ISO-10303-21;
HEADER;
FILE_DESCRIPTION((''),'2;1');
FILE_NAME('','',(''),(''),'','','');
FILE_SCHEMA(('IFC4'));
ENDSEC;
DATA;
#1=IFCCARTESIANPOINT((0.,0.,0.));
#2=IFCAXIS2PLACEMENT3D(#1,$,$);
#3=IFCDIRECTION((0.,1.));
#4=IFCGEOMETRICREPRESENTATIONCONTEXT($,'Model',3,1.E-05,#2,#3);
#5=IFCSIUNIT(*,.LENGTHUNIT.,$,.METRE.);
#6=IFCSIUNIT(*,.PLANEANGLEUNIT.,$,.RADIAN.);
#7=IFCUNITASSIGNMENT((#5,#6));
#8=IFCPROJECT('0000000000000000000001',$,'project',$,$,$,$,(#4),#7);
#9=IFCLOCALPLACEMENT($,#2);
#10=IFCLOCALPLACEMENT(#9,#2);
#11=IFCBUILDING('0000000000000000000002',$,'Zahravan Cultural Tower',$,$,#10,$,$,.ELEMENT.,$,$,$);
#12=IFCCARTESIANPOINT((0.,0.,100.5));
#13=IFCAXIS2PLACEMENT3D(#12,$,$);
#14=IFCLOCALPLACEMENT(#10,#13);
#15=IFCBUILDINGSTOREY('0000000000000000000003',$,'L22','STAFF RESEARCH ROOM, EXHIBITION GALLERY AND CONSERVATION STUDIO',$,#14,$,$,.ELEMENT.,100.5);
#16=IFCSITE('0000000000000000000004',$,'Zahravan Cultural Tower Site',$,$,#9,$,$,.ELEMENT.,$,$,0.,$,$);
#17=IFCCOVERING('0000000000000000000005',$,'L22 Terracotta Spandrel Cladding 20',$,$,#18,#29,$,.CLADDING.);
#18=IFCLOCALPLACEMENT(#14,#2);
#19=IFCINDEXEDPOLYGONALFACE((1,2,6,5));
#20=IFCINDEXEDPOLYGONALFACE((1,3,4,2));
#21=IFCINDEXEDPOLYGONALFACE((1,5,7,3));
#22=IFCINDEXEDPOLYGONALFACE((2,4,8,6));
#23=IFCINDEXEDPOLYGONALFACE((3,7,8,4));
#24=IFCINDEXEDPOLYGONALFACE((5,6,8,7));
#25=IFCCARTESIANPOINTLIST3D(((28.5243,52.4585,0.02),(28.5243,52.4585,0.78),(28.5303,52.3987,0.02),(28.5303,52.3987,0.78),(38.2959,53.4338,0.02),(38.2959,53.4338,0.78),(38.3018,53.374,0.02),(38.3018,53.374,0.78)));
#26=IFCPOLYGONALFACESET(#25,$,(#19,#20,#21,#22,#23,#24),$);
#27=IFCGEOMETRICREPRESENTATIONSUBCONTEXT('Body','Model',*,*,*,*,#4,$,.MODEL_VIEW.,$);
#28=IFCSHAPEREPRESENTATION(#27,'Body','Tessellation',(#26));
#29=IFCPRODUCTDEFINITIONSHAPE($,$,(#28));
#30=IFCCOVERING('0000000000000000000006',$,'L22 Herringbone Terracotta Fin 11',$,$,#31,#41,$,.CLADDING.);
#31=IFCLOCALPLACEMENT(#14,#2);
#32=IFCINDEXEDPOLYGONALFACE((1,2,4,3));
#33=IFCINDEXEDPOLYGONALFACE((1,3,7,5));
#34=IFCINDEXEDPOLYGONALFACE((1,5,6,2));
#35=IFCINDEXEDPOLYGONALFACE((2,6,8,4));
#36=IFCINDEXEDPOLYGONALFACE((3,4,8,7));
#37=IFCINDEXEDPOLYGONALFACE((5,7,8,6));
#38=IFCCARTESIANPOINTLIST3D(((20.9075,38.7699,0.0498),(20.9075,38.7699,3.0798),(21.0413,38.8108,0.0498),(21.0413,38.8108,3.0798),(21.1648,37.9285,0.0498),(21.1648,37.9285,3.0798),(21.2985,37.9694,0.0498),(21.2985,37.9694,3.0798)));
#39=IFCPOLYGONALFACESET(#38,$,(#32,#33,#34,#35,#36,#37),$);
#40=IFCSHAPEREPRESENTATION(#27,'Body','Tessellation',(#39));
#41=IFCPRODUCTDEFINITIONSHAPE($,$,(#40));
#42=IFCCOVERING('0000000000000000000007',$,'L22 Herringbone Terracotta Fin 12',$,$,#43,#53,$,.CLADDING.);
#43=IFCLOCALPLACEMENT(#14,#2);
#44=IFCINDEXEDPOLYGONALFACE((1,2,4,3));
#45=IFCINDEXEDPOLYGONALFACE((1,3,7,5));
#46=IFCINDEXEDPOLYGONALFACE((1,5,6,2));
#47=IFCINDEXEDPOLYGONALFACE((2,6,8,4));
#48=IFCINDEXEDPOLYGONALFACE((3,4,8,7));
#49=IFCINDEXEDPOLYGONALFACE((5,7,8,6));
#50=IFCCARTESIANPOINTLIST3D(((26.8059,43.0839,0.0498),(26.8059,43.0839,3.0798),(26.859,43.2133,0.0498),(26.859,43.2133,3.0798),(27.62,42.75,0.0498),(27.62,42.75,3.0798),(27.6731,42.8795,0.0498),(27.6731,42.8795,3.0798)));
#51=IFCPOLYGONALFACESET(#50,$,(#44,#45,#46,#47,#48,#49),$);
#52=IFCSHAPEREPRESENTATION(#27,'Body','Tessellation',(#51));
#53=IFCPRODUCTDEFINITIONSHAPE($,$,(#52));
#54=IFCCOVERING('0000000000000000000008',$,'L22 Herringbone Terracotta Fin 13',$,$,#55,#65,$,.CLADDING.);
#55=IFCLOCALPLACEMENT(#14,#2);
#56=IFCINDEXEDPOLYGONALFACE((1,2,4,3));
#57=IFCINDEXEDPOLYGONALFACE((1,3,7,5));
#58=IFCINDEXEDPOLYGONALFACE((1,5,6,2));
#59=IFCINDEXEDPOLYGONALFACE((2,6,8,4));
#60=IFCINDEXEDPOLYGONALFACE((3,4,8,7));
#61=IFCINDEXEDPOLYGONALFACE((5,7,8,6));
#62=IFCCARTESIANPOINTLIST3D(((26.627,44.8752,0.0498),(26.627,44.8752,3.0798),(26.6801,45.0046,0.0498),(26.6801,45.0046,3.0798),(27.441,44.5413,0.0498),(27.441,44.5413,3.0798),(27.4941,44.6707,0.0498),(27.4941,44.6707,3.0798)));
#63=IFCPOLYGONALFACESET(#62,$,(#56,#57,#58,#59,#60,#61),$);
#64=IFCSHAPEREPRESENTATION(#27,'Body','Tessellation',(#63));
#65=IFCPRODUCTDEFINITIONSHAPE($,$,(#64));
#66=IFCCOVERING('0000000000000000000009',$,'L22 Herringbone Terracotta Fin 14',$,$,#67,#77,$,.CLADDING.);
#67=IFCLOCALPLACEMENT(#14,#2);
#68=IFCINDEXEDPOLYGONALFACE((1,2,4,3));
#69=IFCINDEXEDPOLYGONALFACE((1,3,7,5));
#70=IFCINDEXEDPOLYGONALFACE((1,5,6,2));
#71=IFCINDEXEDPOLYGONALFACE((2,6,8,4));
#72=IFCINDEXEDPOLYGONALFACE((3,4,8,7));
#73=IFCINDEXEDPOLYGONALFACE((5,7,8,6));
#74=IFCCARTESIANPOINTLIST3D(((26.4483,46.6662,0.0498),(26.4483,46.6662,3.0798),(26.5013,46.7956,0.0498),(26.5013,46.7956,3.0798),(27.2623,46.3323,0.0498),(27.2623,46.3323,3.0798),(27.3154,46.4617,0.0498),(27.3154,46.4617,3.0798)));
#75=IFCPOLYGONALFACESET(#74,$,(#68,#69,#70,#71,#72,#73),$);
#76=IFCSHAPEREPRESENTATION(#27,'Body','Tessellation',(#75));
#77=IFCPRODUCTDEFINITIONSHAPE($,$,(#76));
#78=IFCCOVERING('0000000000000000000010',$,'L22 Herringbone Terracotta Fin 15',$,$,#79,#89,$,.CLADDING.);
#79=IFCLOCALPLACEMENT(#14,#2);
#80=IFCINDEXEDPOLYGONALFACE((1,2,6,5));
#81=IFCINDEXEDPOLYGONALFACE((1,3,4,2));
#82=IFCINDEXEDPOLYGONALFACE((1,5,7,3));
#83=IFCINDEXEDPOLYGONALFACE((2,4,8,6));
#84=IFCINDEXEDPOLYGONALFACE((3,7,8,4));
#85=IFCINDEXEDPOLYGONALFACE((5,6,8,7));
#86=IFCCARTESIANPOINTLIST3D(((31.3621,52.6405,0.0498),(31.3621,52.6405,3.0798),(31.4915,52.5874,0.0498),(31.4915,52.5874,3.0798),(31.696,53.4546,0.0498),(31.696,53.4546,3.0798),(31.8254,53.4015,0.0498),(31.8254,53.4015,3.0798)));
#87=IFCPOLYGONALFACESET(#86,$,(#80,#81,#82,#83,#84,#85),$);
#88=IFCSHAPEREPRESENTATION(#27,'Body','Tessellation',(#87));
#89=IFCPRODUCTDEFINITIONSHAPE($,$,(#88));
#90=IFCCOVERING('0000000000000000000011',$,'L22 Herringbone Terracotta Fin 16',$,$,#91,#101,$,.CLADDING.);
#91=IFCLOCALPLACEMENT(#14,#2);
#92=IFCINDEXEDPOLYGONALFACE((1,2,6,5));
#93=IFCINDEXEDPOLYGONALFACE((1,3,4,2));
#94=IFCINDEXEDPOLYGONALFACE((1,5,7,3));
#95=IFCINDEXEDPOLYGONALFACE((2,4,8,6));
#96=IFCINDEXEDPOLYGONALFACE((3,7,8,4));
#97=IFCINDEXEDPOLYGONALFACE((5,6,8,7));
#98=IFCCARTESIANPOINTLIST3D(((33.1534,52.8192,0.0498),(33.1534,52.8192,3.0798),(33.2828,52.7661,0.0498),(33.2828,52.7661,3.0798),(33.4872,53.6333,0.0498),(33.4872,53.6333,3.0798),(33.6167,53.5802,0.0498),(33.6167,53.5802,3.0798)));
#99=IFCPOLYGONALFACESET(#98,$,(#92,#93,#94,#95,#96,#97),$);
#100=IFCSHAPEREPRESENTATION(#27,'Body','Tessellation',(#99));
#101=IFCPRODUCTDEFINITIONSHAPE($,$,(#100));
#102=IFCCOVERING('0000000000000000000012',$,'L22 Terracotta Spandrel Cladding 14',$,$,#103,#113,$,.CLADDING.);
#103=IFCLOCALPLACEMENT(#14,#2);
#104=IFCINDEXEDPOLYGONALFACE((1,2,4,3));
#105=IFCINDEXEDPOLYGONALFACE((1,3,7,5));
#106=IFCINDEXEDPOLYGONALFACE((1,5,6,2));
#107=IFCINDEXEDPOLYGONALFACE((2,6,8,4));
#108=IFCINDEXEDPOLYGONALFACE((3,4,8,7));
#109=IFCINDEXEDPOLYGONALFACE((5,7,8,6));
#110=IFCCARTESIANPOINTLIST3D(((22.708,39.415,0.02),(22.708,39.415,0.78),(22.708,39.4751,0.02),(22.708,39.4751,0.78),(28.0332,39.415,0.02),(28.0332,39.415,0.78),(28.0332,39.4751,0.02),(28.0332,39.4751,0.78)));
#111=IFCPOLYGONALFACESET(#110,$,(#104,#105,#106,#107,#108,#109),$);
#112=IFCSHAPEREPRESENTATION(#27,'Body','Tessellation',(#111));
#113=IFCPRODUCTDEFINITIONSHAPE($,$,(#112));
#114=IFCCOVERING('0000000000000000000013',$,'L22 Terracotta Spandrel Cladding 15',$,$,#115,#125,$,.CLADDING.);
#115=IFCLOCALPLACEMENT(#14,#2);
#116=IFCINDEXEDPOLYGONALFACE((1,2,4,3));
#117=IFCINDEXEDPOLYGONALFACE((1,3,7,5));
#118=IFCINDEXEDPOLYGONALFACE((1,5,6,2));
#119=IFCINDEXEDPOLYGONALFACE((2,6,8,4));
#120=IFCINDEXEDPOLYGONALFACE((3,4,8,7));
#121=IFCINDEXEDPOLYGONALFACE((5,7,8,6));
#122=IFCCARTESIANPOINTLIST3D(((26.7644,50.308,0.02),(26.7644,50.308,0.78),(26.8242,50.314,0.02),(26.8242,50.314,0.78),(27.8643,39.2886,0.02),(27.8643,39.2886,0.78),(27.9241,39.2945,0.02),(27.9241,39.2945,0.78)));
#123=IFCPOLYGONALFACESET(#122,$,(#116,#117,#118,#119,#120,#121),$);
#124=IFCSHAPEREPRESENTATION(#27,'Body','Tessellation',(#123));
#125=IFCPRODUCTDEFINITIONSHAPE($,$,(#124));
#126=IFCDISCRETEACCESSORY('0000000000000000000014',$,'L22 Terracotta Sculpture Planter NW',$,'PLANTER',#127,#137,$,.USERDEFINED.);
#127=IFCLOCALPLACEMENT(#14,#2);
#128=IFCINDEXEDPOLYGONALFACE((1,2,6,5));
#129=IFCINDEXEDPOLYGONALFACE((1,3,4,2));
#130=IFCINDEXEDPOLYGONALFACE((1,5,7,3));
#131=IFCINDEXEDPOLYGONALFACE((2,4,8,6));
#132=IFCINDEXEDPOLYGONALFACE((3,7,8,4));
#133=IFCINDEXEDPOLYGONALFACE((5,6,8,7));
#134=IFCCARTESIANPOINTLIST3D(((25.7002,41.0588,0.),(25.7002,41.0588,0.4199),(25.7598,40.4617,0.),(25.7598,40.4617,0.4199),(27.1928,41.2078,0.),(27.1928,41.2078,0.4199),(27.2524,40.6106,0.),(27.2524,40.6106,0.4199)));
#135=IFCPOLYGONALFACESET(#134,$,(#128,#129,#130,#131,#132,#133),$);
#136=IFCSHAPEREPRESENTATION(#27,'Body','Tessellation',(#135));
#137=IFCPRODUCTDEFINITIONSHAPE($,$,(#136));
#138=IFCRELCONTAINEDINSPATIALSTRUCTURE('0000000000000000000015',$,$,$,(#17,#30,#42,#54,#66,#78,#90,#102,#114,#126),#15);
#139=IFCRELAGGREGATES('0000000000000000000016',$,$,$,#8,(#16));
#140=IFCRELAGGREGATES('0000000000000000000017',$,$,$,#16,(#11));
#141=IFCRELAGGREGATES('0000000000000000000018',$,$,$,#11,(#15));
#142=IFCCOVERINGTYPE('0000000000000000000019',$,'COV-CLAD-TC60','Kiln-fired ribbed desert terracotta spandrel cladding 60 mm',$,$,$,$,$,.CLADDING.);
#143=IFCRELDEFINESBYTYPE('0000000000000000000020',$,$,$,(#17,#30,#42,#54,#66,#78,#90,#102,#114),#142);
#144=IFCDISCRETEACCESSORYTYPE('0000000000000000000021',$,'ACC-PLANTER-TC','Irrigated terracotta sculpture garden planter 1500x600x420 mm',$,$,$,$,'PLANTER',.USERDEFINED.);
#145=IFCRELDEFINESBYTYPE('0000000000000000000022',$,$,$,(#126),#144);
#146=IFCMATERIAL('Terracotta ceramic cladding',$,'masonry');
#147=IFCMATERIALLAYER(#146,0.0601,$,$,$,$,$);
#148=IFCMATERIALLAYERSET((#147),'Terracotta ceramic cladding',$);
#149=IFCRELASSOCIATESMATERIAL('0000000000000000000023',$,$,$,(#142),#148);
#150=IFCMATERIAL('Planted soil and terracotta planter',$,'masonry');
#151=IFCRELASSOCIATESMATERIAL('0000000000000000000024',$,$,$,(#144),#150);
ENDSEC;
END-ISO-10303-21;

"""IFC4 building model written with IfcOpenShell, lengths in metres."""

from ifc_helpers import new_model, si_unit, direction, frame, origin, origin_2d, place, context, subcontext, project, spatial, rectangle, extrude, source, transform, mapped, material, layer, layer_set, type_object, element, save


model = new_model("IFC4")

# Units and contexts
model_context = context("Model", 3, precision=1e-05, world=origin(), true_north=direction((0.0, 1.0)))
body_context = subcontext(model_context, "Body", "Model", "MODEL_VIEW")
ifc_project = project(units=[si_unit("LENGTHUNIT", "METRE"), si_unit("PLANEANGLEUNIT", "RADIAN")], contexts=[model_context])

# Site, building, storey
site_placement = place(None, origin())
site = spatial("IfcSite", under=ifc_project, at=site_placement, Name="Zahravan Cultural Tower Site", CompositionType="ELEMENT", RefElevation=0.0)
building_placement = place(site_placement, origin())
building = spatial("IfcBuilding", under=site, at=building_placement, Name="Zahravan Cultural Tower", CompositionType="ELEMENT")
storey_placement = place(building_placement, frame((0.0, 0.0, 100.5)))
storey = spatial("IfcBuildingStorey", under=building, at=storey_placement, Name="L22", Description="STAFF RESEARCH ROOM, EXHIBITION GALLERY AND CONSERVATION STUDIO", CompositionType="ELEMENT", Elevation=100.5)

# Coverings
ifc_material_1 = material(Name="Terracotta ceramic cladding", Category="masonry")
ifc_layer_1 = layer(ifc_material_1, 0.0601)
ifc_layer_set_1 = layer_set([ifc_layer_1], Name="Terracotta ceramic cladding")
covering_type = type_object("IfcCoveringType", Name="COV-CLAD-TC60", Description="Kiln-fired ribbed desert terracotta spandrel cladding 60 mm", PredefinedType="CLADDING", material=ifc_layer_set_1)
shared_shape_1 = source(origin(), body_context, "Body", "SweptSolid", [
    extrude(rectangle(XDim=9.8201, YDim=0.0601, at=origin_2d()), origin(), (0.0, 0.0, 1.0), 0.76),
])
covering_1_placement = place(storey_placement, frame((33.4131, 52.9163, 0.02), z_axis=(0.0, 0.0, 1.0), x_axis=(0.995056, 0.09932, 0.0)))
element("IfcCovering", 1, at=covering_1_placement, inside=storey, type_object=covering_type, Name="L22 Terracotta Spandrel Cladding 20", PredefinedType="CLADDING", context=body_context, shape_type="MappedRepresentation", body=[
    mapped(shared_shape_1, transform((0.0, 0.0, 0.0), x_axis=(1.0, 0.0, 0.0), y_axis=(0.0, 1.0, 0.0), z_axis=(0.0, 0.0, 1.0), scale=1.0)),
])
shared_shape_2 = source(origin(), body_context, "Body", "SweptSolid", [
    extrude(rectangle(XDim=0.8799, YDim=0.1399, at=origin_2d()), origin(), (0.0, 0.0, 1.0), 3.03),
])
for number, where, z_axis, x_axis, name in (
    (2, (21.103, 38.3696, 0.0498), (0.0, 0.0, 1.0), (-0.292372, 0.956305, 0.0), "L22 Herringbone Terracotta Fin 11"),
    (3, (27.2395, 42.9817, 0.0498), (0.0, 0.0, 1.0), (-0.92521, 0.379456, 0.0), "L22 Herringbone Terracotta Fin 12"),
    (4, (27.0605, 44.7729, 0.0498), (0.0, 0.0, 1.0), (-0.92521, 0.379456, 0.0), "L22 Herringbone Terracotta Fin 13"),
    (5, (26.8818, 46.564, 0.0498), (0.0, 0.0, 1.0), (-0.92521, 0.379456, 0.0), "L22 Herringbone Terracotta Fin 14"),
    (6, (31.5938, 53.021, 0.0498), (0.0, 0.0, 1.0), (0.379456, 0.92521, 0.0), "L22 Herringbone Terracotta Fin 15"),
    (7, (33.385, 53.1997, 0.0498), (0.0, 0.0, 1.0), (0.379456, 0.92521, 0.0), "L22 Herringbone Terracotta Fin 16"),
):
    element("IfcCovering", number, at=place(storey_placement, frame(where, z_axis=z_axis, x_axis=x_axis)), inside=storey, type_object=covering_type, Name=name, PredefinedType="CLADDING", context=body_context, shape_type="MappedRepresentation", body=[
        mapped(shared_shape_2, transform((0.0, 0.0, 0.0), x_axis=(1.0, 0.0, 0.0), y_axis=(0.0, 1.0, 0.0), z_axis=(0.0, 0.0, 1.0), scale=1.0)),
    ])
shared_shape_3 = source(origin(), body_context, "Body", "SweptSolid", [
    extrude(rectangle(XDim=5.3252, YDim=0.0601, at=origin_2d()), origin(), (0.0, 0.0, 1.0), 0.76),
])
covering_2_placement = place(storey_placement, frame((25.3706, 39.4451, 0.02), z_axis=(0.0, 0.0, 1.0), x_axis=(1.0, 0.0, 0.0)))
element("IfcCovering", 8, at=covering_2_placement, inside=storey, type_object=covering_type, Name="L22 Terracotta Spandrel Cladding 14", PredefinedType="CLADDING", context=body_context, shape_type="MappedRepresentation", body=[
    mapped(shared_shape_3, transform((0.0, 0.0, 0.0), x_axis=(1.0, 0.0, 0.0), y_axis=(0.0, 1.0, 0.0), z_axis=(0.0, 0.0, 1.0), scale=1.0)),
])
shared_shape_4 = source(origin(), body_context, "Body", "SweptSolid", [
    extrude(rectangle(XDim=11.0742, YDim=0.0601, at=origin_2d()), origin(), (0.0, 0.0, 1.0), 0.76),
])
covering_3_placement = place(storey_placement, frame((27.3442, 44.8013, 0.02), z_axis=(0.0, 0.0, 1.0), x_axis=(-0.09932, 0.995056, 0.0)))
element("IfcCovering", 9, at=covering_3_placement, inside=storey, type_object=covering_type, Name="L22 Terracotta Spandrel Cladding 15", PredefinedType="CLADDING", context=body_context, shape_type="MappedRepresentation", body=[
    mapped(shared_shape_4, transform((0.0, 0.0, 0.0), x_axis=(1.0, 0.0, 0.0), y_axis=(0.0, 1.0, 0.0), z_axis=(0.0, 0.0, 1.0), scale=1.0)),
])

# Discrete accessory
ifc_material_2 = material(Name="Planted soil and terracotta planter", Category="masonry")
discrete_accessory_type = type_object("IfcDiscreteAccessoryType", Name="ACC-PLANTER-TC", Description="Irrigated terracotta sculpture garden planter 1500x600x420 mm", ElementType="PLANTER", PredefinedType="USERDEFINED", material=ifc_material_2)
shared_shape_5 = source(origin(), body_context, "Body", "SweptSolid", [
    extrude(rectangle(XDim=1.5, YDim=0.6001, at=origin_2d()), origin(), (0.0, 0.0, 1.0), 0.4199),
])
discrete_accessory_placement = place(storey_placement, frame((26.4763, 40.8347, 0.0), z_axis=(0.0, 0.0, 1.0), x_axis=(0.995056, 0.09932, 0.0)))
element("IfcDiscreteAccessory", 10, at=discrete_accessory_placement, inside=storey, type_object=discrete_accessory_type, Name="L22 Terracotta Sculpture Planter NW", ObjectType="PLANTER", PredefinedType="USERDEFINED", context=body_context, shape_type="MappedRepresentation", body=[
    mapped(shared_shape_5, transform((0.0, 0.0, 0.0), x_axis=(1.0, 0.0, 0.0), y_axis=(0.0, 1.0, 0.0), z_axis=(0.0, 0.0, 1.0), scale=1.0)),
])

save(model, "model.ifc")
